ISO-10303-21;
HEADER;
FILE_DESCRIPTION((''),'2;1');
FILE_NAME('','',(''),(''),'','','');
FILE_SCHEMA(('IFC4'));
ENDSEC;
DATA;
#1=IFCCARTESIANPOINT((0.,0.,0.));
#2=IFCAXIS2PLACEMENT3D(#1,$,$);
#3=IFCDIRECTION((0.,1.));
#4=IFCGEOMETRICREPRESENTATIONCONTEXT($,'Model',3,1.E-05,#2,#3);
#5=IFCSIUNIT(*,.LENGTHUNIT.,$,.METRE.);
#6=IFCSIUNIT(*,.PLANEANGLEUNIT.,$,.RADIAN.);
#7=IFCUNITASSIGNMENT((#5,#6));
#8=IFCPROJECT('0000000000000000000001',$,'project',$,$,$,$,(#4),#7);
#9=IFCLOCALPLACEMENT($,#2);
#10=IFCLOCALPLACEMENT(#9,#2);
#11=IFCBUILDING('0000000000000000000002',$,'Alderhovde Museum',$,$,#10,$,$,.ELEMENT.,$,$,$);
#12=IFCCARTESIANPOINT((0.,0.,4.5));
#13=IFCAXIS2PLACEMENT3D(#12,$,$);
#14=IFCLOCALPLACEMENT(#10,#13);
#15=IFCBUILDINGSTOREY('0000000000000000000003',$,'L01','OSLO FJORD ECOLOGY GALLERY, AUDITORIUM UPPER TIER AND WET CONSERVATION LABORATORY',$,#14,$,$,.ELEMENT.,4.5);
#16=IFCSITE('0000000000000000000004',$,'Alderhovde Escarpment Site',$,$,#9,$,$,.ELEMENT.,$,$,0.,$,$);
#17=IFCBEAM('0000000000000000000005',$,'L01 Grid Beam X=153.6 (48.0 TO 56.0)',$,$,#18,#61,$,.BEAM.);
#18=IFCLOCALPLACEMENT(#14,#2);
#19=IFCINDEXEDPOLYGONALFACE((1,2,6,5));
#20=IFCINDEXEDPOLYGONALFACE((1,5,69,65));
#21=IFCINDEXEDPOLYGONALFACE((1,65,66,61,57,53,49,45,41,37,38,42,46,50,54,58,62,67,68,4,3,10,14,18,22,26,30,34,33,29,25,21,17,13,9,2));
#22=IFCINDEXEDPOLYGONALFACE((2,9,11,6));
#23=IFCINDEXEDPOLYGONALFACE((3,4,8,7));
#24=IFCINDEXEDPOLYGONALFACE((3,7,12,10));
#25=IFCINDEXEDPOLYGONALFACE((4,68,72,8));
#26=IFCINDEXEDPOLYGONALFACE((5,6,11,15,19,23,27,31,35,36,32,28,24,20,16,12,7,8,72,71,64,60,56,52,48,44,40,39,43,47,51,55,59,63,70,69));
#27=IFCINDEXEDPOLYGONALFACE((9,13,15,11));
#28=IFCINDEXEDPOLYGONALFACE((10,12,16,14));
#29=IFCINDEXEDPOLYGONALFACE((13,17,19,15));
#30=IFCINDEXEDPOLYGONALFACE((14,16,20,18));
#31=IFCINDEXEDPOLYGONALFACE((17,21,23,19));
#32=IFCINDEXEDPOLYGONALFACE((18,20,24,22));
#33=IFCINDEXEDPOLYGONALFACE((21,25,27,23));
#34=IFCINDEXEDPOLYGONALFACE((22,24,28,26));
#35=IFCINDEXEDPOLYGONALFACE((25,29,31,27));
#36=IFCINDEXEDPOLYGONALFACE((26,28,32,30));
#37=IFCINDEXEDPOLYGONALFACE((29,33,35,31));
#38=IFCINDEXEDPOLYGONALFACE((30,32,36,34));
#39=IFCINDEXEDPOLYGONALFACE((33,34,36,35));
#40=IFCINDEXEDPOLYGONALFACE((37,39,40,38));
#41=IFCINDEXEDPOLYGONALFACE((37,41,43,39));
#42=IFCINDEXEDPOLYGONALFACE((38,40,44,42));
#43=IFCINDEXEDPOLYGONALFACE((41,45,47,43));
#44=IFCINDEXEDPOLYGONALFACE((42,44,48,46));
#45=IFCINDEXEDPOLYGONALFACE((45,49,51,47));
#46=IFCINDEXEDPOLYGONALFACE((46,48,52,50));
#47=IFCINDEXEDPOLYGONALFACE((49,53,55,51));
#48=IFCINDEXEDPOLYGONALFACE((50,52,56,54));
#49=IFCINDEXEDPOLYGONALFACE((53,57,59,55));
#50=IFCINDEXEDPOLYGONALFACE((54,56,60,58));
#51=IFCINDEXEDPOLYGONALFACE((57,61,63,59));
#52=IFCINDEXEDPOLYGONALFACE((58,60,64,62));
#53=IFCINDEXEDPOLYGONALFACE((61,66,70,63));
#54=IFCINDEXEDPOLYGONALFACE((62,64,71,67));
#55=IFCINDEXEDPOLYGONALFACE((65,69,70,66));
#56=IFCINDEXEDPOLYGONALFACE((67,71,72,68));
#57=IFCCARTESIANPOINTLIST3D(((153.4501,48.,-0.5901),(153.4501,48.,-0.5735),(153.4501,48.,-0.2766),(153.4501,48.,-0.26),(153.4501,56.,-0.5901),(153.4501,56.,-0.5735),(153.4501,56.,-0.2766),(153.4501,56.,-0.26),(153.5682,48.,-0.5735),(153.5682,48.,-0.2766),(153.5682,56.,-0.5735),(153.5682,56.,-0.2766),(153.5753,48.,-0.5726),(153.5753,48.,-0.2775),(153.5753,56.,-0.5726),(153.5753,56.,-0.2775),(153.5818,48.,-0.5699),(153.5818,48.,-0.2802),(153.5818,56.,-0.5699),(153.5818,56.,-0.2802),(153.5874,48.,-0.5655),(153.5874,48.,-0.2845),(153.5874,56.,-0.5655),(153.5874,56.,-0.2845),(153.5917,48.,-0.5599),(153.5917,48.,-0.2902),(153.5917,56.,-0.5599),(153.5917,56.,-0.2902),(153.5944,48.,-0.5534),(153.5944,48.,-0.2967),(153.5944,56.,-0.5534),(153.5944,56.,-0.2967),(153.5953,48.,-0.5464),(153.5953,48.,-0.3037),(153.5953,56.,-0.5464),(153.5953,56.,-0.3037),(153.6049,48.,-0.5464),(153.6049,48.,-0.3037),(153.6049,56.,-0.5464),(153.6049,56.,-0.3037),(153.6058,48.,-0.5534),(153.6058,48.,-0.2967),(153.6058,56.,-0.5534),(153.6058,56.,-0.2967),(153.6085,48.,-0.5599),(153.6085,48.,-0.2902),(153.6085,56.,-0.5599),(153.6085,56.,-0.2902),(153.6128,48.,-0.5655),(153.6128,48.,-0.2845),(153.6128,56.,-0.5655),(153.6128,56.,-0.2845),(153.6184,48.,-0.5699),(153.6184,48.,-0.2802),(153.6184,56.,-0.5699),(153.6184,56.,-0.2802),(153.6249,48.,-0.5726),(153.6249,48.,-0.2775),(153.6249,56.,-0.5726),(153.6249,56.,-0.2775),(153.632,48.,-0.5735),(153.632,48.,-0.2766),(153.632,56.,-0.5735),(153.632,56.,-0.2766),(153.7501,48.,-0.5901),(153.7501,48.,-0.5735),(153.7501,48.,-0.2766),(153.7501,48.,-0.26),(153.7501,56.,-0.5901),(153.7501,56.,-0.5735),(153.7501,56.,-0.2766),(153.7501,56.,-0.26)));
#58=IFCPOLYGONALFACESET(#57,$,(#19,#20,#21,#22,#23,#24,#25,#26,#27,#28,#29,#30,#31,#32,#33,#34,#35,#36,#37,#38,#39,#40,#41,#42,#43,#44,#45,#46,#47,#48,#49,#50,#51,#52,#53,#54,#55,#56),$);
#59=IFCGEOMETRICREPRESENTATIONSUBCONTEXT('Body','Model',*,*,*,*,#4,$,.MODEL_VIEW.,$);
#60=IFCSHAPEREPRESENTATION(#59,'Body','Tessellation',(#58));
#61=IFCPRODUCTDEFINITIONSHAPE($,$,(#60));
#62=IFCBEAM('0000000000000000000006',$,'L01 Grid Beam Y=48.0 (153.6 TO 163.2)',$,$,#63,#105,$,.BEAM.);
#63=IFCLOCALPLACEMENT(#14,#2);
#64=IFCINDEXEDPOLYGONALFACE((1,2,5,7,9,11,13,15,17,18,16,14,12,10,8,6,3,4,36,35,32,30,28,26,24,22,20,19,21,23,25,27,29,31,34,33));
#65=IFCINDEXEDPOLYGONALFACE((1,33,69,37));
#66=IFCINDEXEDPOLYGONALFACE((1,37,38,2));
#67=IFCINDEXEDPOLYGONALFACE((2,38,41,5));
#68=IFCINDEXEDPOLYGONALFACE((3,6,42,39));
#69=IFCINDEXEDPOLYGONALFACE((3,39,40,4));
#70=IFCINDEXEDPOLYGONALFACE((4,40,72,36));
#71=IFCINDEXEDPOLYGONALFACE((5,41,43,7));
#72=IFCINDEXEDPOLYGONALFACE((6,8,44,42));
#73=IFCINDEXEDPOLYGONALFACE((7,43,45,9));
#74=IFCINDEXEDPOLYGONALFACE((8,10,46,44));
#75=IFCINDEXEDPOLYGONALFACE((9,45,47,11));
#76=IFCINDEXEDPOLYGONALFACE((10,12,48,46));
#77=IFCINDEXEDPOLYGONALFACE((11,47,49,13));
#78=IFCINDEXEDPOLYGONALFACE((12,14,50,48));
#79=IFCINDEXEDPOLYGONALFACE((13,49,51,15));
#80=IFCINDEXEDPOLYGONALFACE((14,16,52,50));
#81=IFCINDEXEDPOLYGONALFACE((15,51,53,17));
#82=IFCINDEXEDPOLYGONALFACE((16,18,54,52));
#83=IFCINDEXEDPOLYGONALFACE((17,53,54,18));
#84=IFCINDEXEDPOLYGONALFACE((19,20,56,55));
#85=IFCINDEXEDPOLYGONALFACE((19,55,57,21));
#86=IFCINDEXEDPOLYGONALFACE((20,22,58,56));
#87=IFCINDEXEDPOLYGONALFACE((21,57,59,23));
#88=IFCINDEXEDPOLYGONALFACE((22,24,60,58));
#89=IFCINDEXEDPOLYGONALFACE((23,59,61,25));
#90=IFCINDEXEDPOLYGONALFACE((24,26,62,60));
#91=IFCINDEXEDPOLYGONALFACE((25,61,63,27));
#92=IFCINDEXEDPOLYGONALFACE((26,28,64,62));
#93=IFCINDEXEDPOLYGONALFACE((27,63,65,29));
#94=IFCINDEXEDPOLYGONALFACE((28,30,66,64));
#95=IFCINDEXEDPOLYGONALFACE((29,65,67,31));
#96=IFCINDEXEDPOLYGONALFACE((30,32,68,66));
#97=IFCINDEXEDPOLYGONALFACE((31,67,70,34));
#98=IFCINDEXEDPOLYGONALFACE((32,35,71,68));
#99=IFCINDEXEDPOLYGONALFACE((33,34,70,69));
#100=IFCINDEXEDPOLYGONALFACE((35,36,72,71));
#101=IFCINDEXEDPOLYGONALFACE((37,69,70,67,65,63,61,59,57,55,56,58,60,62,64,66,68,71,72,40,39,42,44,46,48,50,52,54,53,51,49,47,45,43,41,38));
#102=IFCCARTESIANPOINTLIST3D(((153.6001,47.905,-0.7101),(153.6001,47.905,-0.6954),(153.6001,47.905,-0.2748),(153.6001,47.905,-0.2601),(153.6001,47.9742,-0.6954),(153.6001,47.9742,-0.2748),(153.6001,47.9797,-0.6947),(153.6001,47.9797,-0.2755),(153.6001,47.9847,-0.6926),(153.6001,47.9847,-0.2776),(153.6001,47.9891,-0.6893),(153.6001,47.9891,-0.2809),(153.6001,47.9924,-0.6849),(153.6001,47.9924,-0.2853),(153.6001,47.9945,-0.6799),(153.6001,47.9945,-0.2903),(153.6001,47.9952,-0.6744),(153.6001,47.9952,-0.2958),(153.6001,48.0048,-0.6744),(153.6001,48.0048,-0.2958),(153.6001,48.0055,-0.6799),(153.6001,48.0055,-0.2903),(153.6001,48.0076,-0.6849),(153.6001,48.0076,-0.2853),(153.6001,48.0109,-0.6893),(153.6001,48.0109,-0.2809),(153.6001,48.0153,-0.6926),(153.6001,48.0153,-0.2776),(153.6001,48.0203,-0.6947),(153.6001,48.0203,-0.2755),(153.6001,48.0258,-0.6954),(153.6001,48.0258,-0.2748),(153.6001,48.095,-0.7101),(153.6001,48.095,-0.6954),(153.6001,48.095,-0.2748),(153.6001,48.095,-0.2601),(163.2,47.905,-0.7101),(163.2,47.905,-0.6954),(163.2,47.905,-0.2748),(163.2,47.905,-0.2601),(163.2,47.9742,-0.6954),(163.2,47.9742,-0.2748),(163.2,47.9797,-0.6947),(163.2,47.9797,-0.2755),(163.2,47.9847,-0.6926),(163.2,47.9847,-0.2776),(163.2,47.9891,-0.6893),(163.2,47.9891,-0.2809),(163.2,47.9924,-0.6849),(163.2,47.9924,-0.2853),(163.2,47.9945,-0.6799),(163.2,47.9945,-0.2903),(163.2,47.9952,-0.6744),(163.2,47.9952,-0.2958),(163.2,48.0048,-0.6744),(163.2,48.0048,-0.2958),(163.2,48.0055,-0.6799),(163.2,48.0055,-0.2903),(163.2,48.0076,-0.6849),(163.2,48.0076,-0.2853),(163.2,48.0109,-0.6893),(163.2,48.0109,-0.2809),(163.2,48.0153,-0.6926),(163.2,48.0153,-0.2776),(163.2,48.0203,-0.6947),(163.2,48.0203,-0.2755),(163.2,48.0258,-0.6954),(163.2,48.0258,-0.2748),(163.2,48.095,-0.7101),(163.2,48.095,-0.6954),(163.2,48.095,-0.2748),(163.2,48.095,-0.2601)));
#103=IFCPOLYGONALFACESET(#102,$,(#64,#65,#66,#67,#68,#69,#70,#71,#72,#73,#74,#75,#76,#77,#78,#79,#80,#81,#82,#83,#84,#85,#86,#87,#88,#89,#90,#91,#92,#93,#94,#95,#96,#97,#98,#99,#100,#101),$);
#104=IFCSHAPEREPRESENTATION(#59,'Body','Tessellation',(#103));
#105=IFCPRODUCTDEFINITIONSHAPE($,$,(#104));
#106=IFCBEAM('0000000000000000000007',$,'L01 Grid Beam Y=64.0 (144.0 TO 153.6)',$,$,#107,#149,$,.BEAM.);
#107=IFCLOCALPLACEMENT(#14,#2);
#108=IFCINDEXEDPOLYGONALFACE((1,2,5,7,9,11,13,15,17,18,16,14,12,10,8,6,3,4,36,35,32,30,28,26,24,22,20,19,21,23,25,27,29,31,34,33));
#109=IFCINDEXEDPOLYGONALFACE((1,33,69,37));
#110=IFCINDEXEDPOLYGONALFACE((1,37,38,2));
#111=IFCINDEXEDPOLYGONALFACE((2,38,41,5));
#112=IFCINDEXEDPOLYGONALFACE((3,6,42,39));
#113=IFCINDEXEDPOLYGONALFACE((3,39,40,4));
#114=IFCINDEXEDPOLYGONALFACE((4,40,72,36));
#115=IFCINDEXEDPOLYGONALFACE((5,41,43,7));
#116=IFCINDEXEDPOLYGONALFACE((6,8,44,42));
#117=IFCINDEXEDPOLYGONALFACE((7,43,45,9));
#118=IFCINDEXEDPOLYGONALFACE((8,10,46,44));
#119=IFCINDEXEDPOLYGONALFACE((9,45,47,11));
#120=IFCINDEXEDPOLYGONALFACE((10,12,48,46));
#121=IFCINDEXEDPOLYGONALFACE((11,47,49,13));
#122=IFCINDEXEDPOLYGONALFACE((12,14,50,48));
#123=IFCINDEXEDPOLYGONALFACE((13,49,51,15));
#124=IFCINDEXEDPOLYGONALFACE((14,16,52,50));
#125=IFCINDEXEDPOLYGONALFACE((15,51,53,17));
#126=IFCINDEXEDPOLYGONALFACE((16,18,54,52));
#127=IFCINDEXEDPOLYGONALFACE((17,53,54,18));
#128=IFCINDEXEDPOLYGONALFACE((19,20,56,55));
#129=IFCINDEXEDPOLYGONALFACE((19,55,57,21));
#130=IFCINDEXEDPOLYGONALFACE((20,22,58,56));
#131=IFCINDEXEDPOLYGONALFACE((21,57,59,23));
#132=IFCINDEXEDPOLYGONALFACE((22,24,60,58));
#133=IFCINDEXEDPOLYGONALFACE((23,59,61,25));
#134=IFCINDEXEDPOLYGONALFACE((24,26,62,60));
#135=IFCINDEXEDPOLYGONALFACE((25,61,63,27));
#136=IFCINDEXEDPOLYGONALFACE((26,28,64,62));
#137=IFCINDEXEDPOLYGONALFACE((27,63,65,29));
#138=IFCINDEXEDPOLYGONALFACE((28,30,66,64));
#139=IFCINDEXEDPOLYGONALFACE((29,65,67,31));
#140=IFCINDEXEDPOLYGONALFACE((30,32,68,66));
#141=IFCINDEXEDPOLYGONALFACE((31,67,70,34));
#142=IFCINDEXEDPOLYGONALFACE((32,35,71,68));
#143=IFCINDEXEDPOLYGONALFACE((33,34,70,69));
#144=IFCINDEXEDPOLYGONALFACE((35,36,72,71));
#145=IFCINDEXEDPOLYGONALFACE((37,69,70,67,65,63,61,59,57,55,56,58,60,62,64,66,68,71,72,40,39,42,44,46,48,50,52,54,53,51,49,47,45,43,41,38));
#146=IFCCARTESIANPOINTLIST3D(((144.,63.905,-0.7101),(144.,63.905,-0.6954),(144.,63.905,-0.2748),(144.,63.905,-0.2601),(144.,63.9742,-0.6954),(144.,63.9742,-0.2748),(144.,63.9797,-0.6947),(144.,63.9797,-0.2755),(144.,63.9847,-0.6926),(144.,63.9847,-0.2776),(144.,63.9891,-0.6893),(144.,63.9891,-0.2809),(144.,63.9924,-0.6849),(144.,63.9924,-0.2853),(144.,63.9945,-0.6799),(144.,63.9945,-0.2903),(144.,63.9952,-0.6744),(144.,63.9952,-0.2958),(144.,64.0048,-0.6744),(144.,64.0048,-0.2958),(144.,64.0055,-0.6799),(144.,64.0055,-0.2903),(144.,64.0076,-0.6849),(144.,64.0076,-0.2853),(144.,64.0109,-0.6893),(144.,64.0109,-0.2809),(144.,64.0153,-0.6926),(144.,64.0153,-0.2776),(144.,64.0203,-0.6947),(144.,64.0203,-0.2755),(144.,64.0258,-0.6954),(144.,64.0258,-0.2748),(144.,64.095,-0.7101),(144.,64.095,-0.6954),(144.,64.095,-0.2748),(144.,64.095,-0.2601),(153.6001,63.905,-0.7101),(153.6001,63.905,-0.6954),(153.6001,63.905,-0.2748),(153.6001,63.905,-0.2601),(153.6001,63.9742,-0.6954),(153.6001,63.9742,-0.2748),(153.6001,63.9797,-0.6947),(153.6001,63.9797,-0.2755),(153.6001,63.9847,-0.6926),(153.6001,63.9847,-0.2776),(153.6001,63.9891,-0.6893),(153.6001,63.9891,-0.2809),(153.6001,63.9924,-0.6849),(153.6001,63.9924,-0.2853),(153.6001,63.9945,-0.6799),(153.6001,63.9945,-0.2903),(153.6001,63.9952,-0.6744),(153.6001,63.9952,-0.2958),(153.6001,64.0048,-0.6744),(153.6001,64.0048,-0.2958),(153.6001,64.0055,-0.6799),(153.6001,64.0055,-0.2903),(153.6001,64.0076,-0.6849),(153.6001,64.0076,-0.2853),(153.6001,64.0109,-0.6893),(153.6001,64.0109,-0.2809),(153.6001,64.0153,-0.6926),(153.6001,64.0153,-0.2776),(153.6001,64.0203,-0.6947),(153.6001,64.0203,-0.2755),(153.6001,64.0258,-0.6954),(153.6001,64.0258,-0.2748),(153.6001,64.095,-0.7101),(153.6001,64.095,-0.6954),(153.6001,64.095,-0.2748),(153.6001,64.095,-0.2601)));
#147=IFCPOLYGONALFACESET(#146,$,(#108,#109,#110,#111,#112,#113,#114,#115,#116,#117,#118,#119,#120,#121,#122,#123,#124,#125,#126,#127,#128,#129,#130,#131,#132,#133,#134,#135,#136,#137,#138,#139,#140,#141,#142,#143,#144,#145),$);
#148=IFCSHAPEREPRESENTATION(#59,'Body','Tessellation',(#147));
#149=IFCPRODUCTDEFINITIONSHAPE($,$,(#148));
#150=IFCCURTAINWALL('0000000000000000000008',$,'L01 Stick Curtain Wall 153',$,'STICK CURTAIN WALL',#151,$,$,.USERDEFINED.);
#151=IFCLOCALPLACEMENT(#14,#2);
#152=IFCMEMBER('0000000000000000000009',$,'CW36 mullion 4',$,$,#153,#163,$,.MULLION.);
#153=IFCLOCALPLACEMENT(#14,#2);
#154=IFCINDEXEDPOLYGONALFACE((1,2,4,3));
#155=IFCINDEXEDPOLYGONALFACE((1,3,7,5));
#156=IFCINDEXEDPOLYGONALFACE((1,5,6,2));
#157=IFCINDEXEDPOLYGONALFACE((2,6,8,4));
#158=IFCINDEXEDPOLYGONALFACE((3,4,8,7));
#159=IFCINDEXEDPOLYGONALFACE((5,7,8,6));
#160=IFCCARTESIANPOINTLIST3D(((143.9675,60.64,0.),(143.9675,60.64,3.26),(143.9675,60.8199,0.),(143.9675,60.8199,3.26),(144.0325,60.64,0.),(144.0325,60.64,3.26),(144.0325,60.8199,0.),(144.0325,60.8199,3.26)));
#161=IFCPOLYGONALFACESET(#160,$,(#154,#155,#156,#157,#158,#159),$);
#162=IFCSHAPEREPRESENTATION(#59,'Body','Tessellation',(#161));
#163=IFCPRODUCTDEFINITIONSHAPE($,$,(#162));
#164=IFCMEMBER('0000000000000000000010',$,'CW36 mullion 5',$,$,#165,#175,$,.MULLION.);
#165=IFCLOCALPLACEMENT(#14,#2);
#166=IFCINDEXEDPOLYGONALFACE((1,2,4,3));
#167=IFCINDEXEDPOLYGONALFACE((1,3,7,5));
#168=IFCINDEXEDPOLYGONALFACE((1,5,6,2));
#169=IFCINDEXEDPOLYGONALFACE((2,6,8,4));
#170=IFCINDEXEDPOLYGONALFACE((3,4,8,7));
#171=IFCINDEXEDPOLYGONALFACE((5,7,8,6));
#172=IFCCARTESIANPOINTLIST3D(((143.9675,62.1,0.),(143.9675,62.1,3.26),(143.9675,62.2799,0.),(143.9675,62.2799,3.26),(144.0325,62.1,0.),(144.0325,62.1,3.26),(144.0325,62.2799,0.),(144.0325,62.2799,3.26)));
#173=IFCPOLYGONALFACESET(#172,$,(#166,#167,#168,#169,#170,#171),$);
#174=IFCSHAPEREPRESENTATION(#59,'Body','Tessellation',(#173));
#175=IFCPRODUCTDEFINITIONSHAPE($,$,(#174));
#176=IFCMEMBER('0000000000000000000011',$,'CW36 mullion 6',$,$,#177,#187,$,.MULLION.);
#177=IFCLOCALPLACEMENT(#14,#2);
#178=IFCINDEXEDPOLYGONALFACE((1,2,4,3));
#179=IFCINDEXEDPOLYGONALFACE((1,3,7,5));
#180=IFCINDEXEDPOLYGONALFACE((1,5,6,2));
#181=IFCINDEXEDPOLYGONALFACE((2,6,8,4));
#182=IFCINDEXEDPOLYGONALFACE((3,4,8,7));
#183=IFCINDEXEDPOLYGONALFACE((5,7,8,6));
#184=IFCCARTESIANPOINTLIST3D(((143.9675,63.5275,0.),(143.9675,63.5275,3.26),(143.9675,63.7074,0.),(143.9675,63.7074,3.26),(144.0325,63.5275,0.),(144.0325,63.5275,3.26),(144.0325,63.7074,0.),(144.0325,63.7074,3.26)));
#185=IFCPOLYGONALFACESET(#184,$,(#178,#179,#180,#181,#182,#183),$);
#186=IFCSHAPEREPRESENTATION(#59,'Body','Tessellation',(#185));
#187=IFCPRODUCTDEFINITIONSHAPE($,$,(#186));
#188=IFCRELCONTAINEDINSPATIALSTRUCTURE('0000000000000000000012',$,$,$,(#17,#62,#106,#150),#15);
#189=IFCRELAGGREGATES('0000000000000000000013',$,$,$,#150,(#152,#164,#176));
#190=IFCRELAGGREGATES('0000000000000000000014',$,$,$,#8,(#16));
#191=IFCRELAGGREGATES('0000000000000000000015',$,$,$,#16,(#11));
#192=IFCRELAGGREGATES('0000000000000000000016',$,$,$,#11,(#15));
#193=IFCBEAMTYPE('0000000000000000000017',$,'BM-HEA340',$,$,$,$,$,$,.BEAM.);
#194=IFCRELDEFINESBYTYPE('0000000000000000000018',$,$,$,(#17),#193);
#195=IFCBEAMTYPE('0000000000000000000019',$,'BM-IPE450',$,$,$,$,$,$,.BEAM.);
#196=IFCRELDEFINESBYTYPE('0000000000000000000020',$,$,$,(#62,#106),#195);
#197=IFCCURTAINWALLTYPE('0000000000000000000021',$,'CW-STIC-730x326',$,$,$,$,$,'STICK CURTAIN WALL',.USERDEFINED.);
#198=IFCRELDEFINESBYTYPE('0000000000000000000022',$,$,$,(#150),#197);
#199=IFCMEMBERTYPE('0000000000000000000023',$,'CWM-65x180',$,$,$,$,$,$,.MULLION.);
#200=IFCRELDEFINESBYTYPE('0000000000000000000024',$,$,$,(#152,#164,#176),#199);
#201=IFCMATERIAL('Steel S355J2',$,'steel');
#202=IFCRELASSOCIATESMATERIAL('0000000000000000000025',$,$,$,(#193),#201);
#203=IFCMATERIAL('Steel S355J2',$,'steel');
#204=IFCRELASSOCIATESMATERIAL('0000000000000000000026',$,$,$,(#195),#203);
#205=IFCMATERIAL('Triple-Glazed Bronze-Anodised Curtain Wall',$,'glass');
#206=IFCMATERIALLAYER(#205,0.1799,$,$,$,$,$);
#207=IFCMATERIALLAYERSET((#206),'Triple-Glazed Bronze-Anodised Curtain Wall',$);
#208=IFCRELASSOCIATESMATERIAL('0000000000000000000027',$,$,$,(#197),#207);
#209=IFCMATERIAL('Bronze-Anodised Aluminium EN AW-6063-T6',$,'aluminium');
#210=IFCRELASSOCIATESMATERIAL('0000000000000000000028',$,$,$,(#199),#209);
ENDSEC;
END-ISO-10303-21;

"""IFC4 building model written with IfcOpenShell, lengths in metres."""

from ifc_helpers import new_model, si_unit, direction, frame, origin, origin_2d, place, context, subcontext, project, spatial, rectangle, i_section, extrude, material, layer, layer_set, material_profile, profile_set, type_object, element, aggregate, save


model = new_model("IFC4")

# Units and contexts
model_context = context("Model", 3, precision=1e-05, world=origin(), true_north=direction((0.0, 1.0)))
body_context = subcontext(model_context, "Body", "Model", "MODEL_VIEW")
ifc_project = project(units=[si_unit("LENGTHUNIT", "METRE"), si_unit("PLANEANGLEUNIT", "RADIAN")], contexts=[model_context])

# Site, building, storey
site_placement = place(None, origin())
site = spatial("IfcSite", under=ifc_project, at=site_placement, Name="Alderhovde Escarpment Site", CompositionType="ELEMENT", RefElevation=0.0)
building_placement = place(site_placement, origin())
building = spatial("IfcBuilding", under=site, at=building_placement, Name="Alderhovde Museum", CompositionType="ELEMENT")
storey_placement = place(building_placement, frame((0.0, 0.0, 4.5)))
storey = spatial("IfcBuildingStorey", under=building, at=storey_placement, Name="L01", Description="OSLO FJORD ECOLOGY GALLERY, AUDITORIUM UPPER TIER AND WET CONSERVATION LABORATORY", CompositionType="ELEMENT", Elevation=4.5)

# Beams
ifc_material_1 = material(Name="Steel S355J2", Category="steel")
ifc_material_profile_1 = material_profile(ifc_material_1, i_section(OverallWidth=0.3, OverallDepth=0.3301, WebThickness=0.0095, FlangeThickness=0.0166, FilletRadius=0.0271, at=origin_2d()), Name="HEA 340")
ifc_profile_set_1 = profile_set([ifc_material_profile_1], Name="Steel S355J2")
beam_type_1 = type_object("IfcBeamType", Name="BM-HEA340", PredefinedType="BEAM", material=ifc_profile_set_1)
for number, where, z_axis, x_axis, name in (
    (1, (153.6001, 48.0, -0.425), (0.0, 1.0, 0.0), (-1.0, 0.0, 0.0), "L01 Grid Beam X=153.6 (48.0 TO 56.0)"),
):
    element("IfcBeam", number, at=place(storey_placement, frame(where, z_axis=z_axis, x_axis=x_axis)), inside=storey, type_object=beam_type_1, Name=name, PredefinedType="BEAM", context=body_context, shape_type="SweptSolid", body=[
        extrude(i_section(OverallWidth=0.3, OverallDepth=0.3301, WebThickness=0.0095, FlangeThickness=0.0166, FilletRadius=0.0271, at=origin_2d()), origin(), (0.0, 0.0, 1.0), 8.0),
    ])
ifc_material_2 = material(Name="Steel S355J2", Category="steel")
ifc_material_profile_2 = material_profile(ifc_material_2, i_section(OverallWidth=0.1899, OverallDepth=0.45, WebThickness=0.0095, FlangeThickness=0.0146, FilletRadius=0.021, at=origin_2d()), Name="IPE 450")
ifc_profile_set_2 = profile_set([ifc_material_profile_2], Name="Steel S355J2")
beam_type_2 = type_object("IfcBeamType", Name="BM-IPE450", PredefinedType="BEAM", material=ifc_profile_set_2)
beam_1_placement = place(storey_placement, frame((153.6001, 48.0, -0.4851), z_axis=(1.0, 0.0, 0.0), x_axis=(0.0, 1.0, 0.0)))
element("IfcBeam", 2, at=beam_1_placement, inside=storey, type_object=beam_type_2, Name="L01 Grid Beam Y=48.0 (153.6 TO 163.2)", PredefinedType="BEAM", context=body_context, shape_type="SweptSolid", body=[
    extrude(i_section(OverallWidth=0.1899, OverallDepth=0.45, WebThickness=0.0095, FlangeThickness=0.0146, FilletRadius=0.021, at=origin_2d()), origin(), (0.0, 0.0, 1.0), 9.5999),
])
beam_2_placement = place(storey_placement, frame((144.0, 64.0, -0.4851), z_axis=(1.0, 0.0, 0.0), x_axis=(0.0, 1.0, 0.0)))
element("IfcBeam", 3, at=beam_2_placement, inside=storey, type_object=beam_type_2, Name="L01 Grid Beam Y=64.0 (144.0 TO 153.6)", PredefinedType="BEAM", context=body_context, shape_type="SweptSolid", body=[
    extrude(i_section(OverallWidth=0.1899, OverallDepth=0.45, WebThickness=0.0095, FlangeThickness=0.0146, FilletRadius=0.021, at=origin_2d()), origin(), (0.0, 0.0, 1.0), 9.6001),
])

# Curtain wall, members
ifc_material_3 = material(Name="Triple-Glazed Bronze-Anodised Curtain Wall", Category="glass")
ifc_layer_1 = layer(ifc_material_3, 0.1799)
ifc_layer_set_1 = layer_set([ifc_layer_1], Name="Triple-Glazed Bronze-Anodised Curtain Wall")
curtain_wall_type = type_object("IfcCurtainWallType", Name="CW-STIC-730x326", ElementType="STICK CURTAIN WALL", PredefinedType="USERDEFINED", material=ifc_layer_set_1)
curtain_wall_placement = place(storey_placement, origin())
curtain_wall = element("IfcCurtainWall", 4, at=curtain_wall_placement, inside=storey, type_object=curtain_wall_type, Name="L01 Stick Curtain Wall 153", ObjectType="STICK CURTAIN WALL", PredefinedType="USERDEFINED")
ifc_material_4 = material(Name="Bronze-Anodised Aluminium EN AW-6063-T6", Category="aluminium")
ifc_material_profile_3 = material_profile(ifc_material_4, rectangle(XDim=0.0649, YDim=0.1799, at=origin_2d()), Name="MULLION 65x180")
ifc_profile_set_3 = profile_set([ifc_material_profile_3], Name="Bronze-Anodised Aluminium EN AW-6063-T6")
member_type_1 = type_object("IfcMemberType", Name="CWM-65x180", PredefinedType="MULLION", material=ifc_profile_set_3)
member_1_placement = place(storey_placement, frame((144.0, 60.73, 0.0), z_axis=(0.0, 0.0, 1.0), x_axis=(-1.0, 0.0, 0.0)))
member_1 = element("IfcMember", 5, at=member_1_placement, type_object=member_type_1, Name="CW36 mullion 4", PredefinedType="MULLION", context=body_context, shape_type="SweptSolid", body=[
    extrude(rectangle(XDim=0.0649, YDim=0.1799, at=origin_2d()), origin(), (0.0, 0.0, 1.0), 3.26),
])
member_2_placement = place(storey_placement, frame((144.0, 62.1899, 0.0), z_axis=(0.0, 0.0, 1.0), x_axis=(-1.0, 0.0, 0.0)))
member_2 = element("IfcMember", 6, at=member_2_placement, type_object=member_type_1, Name="CW36 mullion 5", PredefinedType="MULLION", context=body_context, shape_type="SweptSolid", body=[
    extrude(rectangle(XDim=0.0649, YDim=0.1799, at=origin_2d()), origin(), (0.0, 0.0, 1.0), 3.26),
])
member_3_placement = place(storey_placement, frame((144.0, 63.6174, 0.0), z_axis=(0.0, 0.0, 1.0), x_axis=(-1.0, 0.0, 0.0)))
member_3 = element("IfcMember", 7, at=member_3_placement, type_object=member_type_1, Name="CW36 mullion 6", PredefinedType="MULLION", context=body_context, shape_type="SweptSolid", body=[
    extrude(rectangle(XDim=0.0649, YDim=0.1799, at=origin_2d()), origin(), (0.0, 0.0, 1.0), 3.26),
])

aggregate(curtain_wall, [member_1, member_2, member_3])

save(model, "model.ifc")
